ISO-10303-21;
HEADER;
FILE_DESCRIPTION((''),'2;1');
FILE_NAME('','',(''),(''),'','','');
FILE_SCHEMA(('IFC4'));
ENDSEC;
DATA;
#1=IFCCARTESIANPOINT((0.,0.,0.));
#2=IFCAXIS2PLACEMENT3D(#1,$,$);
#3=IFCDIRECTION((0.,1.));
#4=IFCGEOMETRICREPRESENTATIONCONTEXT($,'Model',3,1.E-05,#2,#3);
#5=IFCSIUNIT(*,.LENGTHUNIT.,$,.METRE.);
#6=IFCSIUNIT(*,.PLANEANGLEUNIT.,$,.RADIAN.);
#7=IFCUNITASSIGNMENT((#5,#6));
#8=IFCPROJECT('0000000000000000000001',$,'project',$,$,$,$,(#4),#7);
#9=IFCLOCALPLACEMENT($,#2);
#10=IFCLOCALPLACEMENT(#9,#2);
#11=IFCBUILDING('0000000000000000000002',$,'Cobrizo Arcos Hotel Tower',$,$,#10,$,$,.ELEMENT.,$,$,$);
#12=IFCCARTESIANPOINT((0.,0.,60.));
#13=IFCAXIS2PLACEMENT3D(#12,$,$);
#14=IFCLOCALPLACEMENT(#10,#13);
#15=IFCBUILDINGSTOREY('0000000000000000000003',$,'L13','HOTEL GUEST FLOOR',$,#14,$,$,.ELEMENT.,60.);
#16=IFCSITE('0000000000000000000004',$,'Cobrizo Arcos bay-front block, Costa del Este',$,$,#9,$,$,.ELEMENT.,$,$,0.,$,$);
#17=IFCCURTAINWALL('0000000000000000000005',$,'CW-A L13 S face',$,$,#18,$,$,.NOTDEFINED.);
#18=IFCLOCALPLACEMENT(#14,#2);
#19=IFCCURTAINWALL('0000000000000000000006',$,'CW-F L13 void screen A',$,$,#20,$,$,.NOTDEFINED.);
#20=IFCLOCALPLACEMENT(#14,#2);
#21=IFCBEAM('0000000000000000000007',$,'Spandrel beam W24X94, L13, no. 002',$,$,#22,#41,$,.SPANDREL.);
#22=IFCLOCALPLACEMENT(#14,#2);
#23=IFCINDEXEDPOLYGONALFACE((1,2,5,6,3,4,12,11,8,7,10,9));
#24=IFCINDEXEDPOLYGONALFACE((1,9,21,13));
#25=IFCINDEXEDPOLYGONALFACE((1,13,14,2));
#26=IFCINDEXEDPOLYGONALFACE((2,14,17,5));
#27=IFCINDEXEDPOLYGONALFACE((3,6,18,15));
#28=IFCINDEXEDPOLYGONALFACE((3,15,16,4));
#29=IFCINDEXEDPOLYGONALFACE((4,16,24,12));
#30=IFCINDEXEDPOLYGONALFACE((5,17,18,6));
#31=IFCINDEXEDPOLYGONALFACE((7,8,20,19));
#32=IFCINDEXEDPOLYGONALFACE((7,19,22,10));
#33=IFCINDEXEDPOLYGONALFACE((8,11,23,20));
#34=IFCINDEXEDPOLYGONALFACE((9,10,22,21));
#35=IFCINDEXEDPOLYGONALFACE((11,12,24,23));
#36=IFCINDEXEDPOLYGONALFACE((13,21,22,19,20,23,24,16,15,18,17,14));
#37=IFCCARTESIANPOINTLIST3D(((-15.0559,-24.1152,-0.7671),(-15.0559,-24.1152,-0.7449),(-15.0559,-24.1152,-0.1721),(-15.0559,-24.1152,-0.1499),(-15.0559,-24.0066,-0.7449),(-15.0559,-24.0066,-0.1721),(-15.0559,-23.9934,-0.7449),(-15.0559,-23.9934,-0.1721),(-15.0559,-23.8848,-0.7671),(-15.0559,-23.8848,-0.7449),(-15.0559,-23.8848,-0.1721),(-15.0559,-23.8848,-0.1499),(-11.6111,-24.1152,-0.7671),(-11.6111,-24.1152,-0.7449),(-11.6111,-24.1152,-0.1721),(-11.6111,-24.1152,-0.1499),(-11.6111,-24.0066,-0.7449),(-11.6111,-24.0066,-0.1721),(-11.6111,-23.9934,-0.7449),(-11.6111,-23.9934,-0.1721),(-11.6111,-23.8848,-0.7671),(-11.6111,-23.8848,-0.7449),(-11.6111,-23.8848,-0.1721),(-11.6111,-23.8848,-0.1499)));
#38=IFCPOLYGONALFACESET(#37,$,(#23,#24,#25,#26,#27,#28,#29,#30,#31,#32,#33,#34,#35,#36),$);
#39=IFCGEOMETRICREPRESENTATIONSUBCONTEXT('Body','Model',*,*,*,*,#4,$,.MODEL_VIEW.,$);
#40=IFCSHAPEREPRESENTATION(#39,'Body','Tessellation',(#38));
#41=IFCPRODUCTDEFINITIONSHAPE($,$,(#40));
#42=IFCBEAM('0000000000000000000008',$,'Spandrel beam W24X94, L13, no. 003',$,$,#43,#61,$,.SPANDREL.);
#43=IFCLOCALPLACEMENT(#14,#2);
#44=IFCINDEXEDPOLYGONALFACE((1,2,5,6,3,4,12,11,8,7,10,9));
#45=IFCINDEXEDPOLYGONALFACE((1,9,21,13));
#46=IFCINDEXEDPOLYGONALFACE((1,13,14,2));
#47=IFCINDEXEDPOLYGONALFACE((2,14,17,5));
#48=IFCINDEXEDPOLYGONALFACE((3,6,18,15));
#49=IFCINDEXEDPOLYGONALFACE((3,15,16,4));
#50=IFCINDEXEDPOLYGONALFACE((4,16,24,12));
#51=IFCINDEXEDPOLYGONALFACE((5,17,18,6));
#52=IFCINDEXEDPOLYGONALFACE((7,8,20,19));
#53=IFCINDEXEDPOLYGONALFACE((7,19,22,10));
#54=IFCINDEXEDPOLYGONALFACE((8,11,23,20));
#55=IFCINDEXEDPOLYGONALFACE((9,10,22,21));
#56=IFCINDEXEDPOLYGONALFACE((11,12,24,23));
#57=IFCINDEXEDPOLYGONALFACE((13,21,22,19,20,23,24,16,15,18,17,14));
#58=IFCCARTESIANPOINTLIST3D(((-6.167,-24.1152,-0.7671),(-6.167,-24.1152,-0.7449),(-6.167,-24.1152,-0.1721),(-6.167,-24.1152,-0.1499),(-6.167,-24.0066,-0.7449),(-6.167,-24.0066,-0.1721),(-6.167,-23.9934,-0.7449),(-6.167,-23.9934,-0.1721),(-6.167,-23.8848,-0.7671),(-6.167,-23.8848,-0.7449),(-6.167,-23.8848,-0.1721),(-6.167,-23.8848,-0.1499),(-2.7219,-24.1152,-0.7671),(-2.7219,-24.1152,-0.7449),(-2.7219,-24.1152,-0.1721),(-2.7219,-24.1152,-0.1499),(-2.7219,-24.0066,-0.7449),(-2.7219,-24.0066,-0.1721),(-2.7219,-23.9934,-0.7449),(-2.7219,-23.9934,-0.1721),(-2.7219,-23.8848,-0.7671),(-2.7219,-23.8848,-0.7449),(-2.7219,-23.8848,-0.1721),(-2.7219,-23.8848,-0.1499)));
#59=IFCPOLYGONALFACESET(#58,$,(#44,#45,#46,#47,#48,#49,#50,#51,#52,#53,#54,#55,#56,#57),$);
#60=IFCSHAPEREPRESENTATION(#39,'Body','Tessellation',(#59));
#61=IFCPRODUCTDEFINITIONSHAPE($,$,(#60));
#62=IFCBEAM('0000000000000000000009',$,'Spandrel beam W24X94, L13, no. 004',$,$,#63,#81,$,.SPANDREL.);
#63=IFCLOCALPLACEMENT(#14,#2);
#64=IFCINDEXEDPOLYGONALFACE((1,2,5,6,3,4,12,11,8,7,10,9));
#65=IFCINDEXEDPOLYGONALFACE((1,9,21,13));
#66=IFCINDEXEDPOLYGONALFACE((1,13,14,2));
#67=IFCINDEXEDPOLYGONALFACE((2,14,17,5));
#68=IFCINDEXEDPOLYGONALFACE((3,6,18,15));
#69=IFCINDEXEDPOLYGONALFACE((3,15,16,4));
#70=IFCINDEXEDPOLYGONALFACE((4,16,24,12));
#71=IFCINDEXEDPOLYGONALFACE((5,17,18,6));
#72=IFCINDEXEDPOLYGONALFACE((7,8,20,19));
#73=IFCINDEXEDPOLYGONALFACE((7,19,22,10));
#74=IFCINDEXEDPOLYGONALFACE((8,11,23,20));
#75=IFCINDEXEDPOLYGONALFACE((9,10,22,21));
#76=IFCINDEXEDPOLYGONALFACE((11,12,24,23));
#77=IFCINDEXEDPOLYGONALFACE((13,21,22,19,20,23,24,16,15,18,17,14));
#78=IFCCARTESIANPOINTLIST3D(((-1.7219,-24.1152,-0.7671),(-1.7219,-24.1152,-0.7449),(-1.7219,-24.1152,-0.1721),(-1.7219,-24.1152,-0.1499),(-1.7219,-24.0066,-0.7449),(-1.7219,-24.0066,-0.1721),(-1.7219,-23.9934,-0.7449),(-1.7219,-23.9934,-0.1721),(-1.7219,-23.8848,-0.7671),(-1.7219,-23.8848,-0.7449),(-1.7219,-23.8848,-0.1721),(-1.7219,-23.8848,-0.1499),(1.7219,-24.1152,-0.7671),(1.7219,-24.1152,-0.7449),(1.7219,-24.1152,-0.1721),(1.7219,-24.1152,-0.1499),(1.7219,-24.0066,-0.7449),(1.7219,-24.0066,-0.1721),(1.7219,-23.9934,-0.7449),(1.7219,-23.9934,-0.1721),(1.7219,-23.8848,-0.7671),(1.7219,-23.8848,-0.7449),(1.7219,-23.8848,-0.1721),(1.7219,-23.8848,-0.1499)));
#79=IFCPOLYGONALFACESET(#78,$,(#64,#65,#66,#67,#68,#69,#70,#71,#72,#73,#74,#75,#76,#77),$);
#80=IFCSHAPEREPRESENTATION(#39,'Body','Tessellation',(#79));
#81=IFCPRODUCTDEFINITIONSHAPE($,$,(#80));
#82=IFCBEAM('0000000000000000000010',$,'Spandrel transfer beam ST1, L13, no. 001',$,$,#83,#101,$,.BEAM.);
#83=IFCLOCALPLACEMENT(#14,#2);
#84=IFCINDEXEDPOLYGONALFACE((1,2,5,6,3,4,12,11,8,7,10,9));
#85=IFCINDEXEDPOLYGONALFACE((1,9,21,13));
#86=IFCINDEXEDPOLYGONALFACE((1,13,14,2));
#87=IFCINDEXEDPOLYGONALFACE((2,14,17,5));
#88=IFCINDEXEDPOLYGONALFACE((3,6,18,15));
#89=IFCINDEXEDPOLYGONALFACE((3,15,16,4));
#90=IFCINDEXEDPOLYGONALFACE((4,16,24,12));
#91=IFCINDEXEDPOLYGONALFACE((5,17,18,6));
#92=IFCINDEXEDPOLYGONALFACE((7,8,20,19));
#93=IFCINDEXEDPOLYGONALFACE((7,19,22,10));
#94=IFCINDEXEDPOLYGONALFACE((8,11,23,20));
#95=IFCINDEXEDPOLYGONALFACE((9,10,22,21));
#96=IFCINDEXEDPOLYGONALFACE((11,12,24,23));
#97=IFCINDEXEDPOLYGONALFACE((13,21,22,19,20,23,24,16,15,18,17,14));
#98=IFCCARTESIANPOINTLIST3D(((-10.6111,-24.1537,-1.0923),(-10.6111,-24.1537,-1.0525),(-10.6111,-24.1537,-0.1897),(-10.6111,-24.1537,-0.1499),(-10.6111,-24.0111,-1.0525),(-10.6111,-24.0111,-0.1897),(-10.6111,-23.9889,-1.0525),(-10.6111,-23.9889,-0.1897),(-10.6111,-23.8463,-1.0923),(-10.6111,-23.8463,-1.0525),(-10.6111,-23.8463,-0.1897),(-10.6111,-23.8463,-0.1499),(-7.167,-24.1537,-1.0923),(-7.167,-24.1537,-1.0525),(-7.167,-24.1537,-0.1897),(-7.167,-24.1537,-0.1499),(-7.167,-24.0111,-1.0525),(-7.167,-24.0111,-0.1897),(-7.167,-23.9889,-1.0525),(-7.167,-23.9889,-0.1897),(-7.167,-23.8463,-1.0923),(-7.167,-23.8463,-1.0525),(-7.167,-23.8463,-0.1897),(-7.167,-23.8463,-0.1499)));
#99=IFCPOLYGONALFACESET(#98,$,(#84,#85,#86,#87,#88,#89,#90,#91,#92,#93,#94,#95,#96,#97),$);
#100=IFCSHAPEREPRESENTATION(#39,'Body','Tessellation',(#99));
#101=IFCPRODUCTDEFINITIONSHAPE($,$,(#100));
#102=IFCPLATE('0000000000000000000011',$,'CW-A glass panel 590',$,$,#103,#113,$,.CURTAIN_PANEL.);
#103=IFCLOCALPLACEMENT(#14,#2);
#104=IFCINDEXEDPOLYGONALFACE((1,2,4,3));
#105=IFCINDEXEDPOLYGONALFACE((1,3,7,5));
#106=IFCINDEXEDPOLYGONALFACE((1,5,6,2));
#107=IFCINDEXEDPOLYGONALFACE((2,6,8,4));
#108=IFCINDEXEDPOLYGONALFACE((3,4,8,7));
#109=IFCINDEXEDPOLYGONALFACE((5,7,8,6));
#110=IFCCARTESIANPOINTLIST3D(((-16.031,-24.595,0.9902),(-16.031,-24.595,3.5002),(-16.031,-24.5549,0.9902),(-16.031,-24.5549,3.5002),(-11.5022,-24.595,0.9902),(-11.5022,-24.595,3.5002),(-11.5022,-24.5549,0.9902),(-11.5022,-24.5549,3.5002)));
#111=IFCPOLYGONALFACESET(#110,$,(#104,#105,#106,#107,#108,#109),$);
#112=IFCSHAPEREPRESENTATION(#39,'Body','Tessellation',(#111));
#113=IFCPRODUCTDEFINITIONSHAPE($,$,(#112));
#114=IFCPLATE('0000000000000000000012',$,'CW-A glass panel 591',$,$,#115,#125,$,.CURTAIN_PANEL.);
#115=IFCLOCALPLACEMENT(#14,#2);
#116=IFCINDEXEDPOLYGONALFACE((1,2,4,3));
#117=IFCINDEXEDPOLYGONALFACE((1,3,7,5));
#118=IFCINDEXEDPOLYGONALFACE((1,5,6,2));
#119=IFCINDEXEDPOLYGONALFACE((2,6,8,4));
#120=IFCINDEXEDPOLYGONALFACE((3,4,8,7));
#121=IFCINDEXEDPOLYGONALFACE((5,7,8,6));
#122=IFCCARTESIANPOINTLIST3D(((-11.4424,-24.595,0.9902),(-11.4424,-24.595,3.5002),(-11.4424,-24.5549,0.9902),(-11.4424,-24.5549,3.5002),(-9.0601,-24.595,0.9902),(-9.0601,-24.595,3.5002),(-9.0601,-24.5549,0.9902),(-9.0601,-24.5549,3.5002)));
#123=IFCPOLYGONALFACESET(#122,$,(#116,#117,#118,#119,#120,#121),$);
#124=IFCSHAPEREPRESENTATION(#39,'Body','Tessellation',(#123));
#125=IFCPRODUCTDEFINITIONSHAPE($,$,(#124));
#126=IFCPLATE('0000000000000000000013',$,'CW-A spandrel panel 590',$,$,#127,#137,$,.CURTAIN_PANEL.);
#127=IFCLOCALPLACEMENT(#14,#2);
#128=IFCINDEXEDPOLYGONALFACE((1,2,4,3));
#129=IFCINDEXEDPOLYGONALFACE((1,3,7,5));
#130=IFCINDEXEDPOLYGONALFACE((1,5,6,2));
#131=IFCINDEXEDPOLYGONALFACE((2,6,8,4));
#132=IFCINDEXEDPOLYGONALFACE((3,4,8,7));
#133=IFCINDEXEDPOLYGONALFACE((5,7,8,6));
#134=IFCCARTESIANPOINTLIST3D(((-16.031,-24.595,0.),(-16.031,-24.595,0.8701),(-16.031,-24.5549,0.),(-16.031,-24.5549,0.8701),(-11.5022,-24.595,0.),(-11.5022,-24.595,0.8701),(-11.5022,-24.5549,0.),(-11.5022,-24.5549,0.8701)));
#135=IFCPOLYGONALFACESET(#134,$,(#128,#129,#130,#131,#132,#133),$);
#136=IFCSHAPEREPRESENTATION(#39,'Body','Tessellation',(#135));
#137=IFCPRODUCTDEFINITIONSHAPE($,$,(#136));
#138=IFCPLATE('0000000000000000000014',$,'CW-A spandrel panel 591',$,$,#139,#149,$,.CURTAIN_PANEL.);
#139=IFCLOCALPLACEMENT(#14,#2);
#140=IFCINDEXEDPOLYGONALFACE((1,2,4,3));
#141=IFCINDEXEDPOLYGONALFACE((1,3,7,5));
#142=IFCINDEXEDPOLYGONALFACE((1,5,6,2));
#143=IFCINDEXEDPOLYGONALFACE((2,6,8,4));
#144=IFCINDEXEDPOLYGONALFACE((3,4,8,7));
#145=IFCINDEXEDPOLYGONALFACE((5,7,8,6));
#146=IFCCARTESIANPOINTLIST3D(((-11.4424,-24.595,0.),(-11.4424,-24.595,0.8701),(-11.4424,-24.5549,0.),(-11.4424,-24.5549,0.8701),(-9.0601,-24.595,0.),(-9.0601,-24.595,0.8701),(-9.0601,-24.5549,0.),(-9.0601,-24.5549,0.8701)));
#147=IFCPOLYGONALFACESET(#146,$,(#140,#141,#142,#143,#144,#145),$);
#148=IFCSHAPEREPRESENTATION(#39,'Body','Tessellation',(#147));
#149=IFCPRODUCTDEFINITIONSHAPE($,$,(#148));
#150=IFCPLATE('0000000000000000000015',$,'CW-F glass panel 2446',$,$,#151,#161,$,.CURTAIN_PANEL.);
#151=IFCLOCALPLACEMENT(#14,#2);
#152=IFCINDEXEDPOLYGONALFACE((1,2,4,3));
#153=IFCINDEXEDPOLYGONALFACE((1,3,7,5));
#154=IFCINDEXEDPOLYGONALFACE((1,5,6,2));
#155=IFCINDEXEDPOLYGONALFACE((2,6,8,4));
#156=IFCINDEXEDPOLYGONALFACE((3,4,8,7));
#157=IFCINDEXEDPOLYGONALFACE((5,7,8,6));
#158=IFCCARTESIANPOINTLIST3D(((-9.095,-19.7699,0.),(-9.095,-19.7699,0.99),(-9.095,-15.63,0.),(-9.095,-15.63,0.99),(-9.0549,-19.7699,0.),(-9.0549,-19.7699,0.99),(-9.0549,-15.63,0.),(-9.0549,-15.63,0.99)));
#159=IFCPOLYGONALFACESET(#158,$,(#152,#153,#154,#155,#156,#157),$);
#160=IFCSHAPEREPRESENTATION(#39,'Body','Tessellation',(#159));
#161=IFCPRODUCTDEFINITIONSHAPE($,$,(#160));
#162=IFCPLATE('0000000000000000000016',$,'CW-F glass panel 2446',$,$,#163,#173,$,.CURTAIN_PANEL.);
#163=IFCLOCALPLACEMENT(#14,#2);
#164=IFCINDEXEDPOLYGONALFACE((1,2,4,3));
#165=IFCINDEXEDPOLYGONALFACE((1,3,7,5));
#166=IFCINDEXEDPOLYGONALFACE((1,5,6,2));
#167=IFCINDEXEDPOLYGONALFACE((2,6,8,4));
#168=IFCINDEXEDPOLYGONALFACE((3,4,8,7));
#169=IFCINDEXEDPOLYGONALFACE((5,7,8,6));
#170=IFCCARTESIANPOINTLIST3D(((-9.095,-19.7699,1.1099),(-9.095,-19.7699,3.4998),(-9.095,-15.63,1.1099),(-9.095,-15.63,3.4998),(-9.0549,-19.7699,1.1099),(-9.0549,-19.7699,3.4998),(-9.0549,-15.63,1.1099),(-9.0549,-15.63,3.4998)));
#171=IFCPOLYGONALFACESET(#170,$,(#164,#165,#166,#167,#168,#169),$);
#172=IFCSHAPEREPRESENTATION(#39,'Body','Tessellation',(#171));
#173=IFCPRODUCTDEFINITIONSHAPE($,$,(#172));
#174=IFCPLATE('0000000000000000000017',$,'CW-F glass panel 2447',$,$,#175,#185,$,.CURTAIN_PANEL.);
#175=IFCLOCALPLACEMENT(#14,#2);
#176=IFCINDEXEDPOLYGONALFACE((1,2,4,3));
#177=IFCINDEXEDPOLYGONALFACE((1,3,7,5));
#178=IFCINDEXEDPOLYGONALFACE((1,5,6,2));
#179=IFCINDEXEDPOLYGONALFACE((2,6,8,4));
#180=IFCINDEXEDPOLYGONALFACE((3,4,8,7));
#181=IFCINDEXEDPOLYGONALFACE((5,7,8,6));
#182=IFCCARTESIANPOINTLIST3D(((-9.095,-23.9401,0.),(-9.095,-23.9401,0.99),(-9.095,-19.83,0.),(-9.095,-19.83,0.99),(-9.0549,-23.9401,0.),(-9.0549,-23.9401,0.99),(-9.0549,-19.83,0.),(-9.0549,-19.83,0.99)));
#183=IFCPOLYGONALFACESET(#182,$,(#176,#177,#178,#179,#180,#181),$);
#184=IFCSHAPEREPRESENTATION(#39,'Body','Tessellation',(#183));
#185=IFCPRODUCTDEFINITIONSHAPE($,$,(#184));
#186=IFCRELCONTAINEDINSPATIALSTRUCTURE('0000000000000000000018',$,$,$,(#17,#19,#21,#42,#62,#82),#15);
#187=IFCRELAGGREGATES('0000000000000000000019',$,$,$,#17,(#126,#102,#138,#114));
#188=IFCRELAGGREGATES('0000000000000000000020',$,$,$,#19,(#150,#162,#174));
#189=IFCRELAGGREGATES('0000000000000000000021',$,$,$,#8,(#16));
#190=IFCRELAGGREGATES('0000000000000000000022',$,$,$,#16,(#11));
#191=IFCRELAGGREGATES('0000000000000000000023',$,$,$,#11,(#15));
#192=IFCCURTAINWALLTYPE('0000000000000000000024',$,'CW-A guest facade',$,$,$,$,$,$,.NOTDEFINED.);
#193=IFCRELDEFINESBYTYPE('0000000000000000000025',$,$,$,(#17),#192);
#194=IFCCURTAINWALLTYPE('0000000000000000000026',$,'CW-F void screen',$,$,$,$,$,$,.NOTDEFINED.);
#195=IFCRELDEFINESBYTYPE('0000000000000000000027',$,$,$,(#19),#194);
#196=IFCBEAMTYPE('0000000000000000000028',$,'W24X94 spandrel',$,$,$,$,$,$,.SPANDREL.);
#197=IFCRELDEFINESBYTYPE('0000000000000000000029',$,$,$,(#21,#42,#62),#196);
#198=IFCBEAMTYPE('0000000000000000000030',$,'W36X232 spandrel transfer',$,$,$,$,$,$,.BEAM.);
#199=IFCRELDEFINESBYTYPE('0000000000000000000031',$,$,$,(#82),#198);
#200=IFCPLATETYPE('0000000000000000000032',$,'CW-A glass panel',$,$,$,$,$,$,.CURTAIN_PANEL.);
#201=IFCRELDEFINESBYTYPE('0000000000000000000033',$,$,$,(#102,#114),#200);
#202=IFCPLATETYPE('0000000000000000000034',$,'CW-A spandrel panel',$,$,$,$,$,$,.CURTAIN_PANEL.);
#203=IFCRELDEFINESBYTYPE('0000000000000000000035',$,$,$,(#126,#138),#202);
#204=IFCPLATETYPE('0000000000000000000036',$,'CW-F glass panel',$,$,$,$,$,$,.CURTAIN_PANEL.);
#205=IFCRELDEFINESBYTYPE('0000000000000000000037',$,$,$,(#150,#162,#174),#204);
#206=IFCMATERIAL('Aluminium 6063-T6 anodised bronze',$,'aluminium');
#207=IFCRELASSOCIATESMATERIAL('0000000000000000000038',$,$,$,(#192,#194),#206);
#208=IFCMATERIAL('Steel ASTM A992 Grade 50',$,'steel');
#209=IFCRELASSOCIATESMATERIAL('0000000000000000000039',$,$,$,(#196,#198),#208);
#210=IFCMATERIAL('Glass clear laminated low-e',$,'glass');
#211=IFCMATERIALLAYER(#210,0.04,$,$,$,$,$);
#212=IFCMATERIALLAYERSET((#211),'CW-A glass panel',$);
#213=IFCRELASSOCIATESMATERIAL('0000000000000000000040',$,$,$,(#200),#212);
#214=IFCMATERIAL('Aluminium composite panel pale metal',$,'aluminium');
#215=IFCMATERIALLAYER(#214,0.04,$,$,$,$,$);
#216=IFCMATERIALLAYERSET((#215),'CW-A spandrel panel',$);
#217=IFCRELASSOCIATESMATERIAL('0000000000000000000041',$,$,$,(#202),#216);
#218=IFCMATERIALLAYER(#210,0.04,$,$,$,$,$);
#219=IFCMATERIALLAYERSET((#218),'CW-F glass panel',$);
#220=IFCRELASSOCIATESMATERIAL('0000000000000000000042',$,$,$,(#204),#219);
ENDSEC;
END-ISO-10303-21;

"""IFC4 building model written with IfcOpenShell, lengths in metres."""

from ifc_helpers import new_model, si_unit, direction, frame, origin, origin_2d, place, context, subcontext, project, spatial, rectangle, i_section, extrude, material, layer, layer_set, material_profile, profile_set, type_object, element, aggregate, save


model = new_model("IFC4")

# Units and contexts
model_context = context("Model", 3, precision=1e-05, world=origin(), true_north=direction((0.0, 1.0)))
body_context = subcontext(model_context, "Body", "Model", "MODEL_VIEW")
ifc_project = project(units=[si_unit("LENGTHUNIT", "METRE"), si_unit("PLANEANGLEUNIT", "RADIAN")], contexts=[model_context])

# Site, building, storey
site_placement = place(None, origin())
site = spatial("IfcSite", under=ifc_project, at=site_placement, Name="Cobrizo Arcos bay-front block, Costa del Este", CompositionType="ELEMENT", RefElevation=0.0)
building_placement = place(site_placement, origin())
building = spatial("IfcBuilding", under=site, at=building_placement, Name="Cobrizo Arcos Hotel Tower", CompositionType="ELEMENT")
storey_placement = place(building_placement, frame((0.0, 0.0, 60.0)))
storey = spatial("IfcBuildingStorey", under=building, at=storey_placement, Name="L13", Description="HOTEL GUEST FLOOR", CompositionType="ELEMENT", Elevation=60.0)

# Curtain walls
ifc_material_1 = material(Name="Aluminium 6063-T6 anodised bronze", Category="aluminium")
curtain_wall_type_1 = type_object("IfcCurtainWallType", Name="CW-A guest facade", PredefinedType="NOTDEFINED", material=ifc_material_1)
curtain_wall_1_placement = place(storey_placement, origin())
curtain_wall_1 = element("IfcCurtainWall", 1, at=curtain_wall_1_placement, inside=storey, type_object=curtain_wall_type_1, Name="CW-A L13 S face", PredefinedType="NOTDEFINED")
curtain_wall_type_2 = type_object("IfcCurtainWallType", Name="CW-F void screen", PredefinedType="NOTDEFINED", material=ifc_material_1)
curtain_wall_2_placement = place(storey_placement, origin())
curtain_wall_2 = element("IfcCurtainWall", 2, at=curtain_wall_2_placement, inside=storey, type_object=curtain_wall_type_2, Name="CW-F L13 void screen A", PredefinedType="NOTDEFINED")

# Beams
ifc_material_2 = material(Name="Steel ASTM A992 Grade 50", Category="steel")
ifc_material_profile_1 = material_profile(ifc_material_2, i_section(OverallWidth=0.2305, OverallDepth=0.6172, WebThickness=0.0132, FlangeThickness=0.0222, at=origin_2d()), Name="W24X94")
ifc_profile_set_1 = profile_set([ifc_material_profile_1], Name="Steel ASTM A992 Grade 50")
beam_type_1 = type_object("IfcBeamType", Name="W24X94 spandrel", PredefinedType="SPANDREL", material=ifc_profile_set_1)
beam_1_placement = place(storey_placement, frame((-15.0559, -24.0, -0.4585), z_axis=(1.0, 0.0, 0.0), x_axis=(0.0, 1.0, 0.0)))
element("IfcBeam", 3, at=beam_1_placement, inside=storey, type_object=beam_type_1, Name="Spandrel beam W24X94, L13, no. 002", PredefinedType="SPANDREL", context=body_context, shape_type="SweptSolid", body=[
    extrude(i_section(OverallWidth=0.2305, OverallDepth=0.6172, WebThickness=0.0132, FlangeThickness=0.0222, at=origin_2d()), origin(), (0.0, 0.0, 1.0), 3.4448),
])
beam_2_placement = place(storey_placement, frame((-6.167, -24.0, -0.4585), z_axis=(1.0, 0.0, 0.0), x_axis=(0.0, 1.0, 0.0)))
element("IfcBeam", 4, at=beam_2_placement, inside=storey, type_object=beam_type_1, Name="Spandrel beam W24X94, L13, no. 003", PredefinedType="SPANDREL", context=body_context, shape_type="SweptSolid", body=[
    extrude(i_section(OverallWidth=0.2305, OverallDepth=0.6172, WebThickness=0.0132, FlangeThickness=0.0222, at=origin_2d()), origin(), (0.0, 0.0, 1.0), 3.4451),
])
beam_3_placement = place(storey_placement, frame((-1.7219, -24.0, -0.4585), z_axis=(1.0, 0.0, 0.0), x_axis=(0.0, 1.0, 0.0)))
element("IfcBeam", 5, at=beam_3_placement, inside=storey, type_object=beam_type_1, Name="Spandrel beam W24X94, L13, no. 004", PredefinedType="SPANDREL", context=body_context, shape_type="SweptSolid", body=[
    extrude(i_section(OverallWidth=0.2305, OverallDepth=0.6172, WebThickness=0.0132, FlangeThickness=0.0222, at=origin_2d()), origin(), (0.0, 0.0, 1.0), 3.4438),
])
ifc_material_profile_2 = material_profile(ifc_material_2, i_section(OverallWidth=0.3074, OverallDepth=0.9424, WebThickness=0.0222, FlangeThickness=0.0398, at=origin_2d()), Name="W36X232")
ifc_profile_set_2 = profile_set([ifc_material_profile_2], Name="Steel ASTM A992 Grade 50")
beam_type_2 = type_object("IfcBeamType", Name="W36X232 spandrel transfer", PredefinedType="BEAM", material=ifc_profile_set_2)
beam_4_placement = place(storey_placement, frame((-10.6111, -24.0, -0.6211), z_axis=(1.0, 0.0, 0.0), x_axis=(0.0, 1.0, 0.0)))
element("IfcBeam", 6, at=beam_4_placement, inside=storey, type_object=beam_type_2, Name="Spandrel transfer beam ST1, L13, no. 001", PredefinedType="BEAM", context=body_context, shape_type="SweptSolid", body=[
    extrude(i_section(OverallWidth=0.3074, OverallDepth=0.9424, WebThickness=0.0222, FlangeThickness=0.0398, at=origin_2d()), origin(), (0.0, 0.0, 1.0), 3.4441),
])

# Plates
ifc_material_3 = material(Name="Glass clear laminated low-e", Category="glass")
ifc_layer_1 = layer(ifc_material_3, 0.04)
ifc_layer_set_1 = layer_set([ifc_layer_1], Name="CW-A glass panel")
plate_type_1 = type_object("IfcPlateType", Name="CW-A glass panel", PredefinedType="CURTAIN_PANEL", material=ifc_layer_set_1)
plate_1_placement = place(storey_placement, frame((-13.7666, -24.575, 0.9902), z_axis=(0.0, 0.0, 1.0), x_axis=(1.0, 0.0, 0.0)))
plate_1 = element("IfcPlate", 7, at=plate_1_placement, type_object=plate_type_1, Name="CW-A glass panel 590", PredefinedType="CURTAIN_PANEL", context=body_context, shape_type="SweptSolid", body=[
    extrude(rectangle(XDim=4.5288, YDim=0.04, at=origin_2d()), origin(), (0.0, 0.0, 1.0), 2.51),
])
plate_2_placement = place(storey_placement, frame((-10.2512, -24.575, 0.9902), z_axis=(0.0, 0.0, 1.0), x_axis=(1.0, 0.0, 0.0)))
plate_2 = element("IfcPlate", 8, at=plate_2_placement, type_object=plate_type_1, Name="CW-A glass panel 591", PredefinedType="CURTAIN_PANEL", context=body_context, shape_type="SweptSolid", body=[
    extrude(rectangle(XDim=2.3823, YDim=0.04, at=origin_2d()), origin(), (0.0, 0.0, 1.0), 2.51),
])
ifc_material_4 = material(Name="Aluminium composite panel pale metal", Category="aluminium")
ifc_layer_2 = layer(ifc_material_4, 0.04)
ifc_layer_set_2 = layer_set([ifc_layer_2], Name="CW-A spandrel panel")
plate_type_2 = type_object("IfcPlateType", Name="CW-A spandrel panel", PredefinedType="CURTAIN_PANEL", material=ifc_layer_set_2)
plate_3_placement = place(storey_placement, frame((-13.7666, -24.575, 0.0), z_axis=(0.0, 0.0, 1.0), x_axis=(1.0, 0.0, 0.0)))
plate_3 = element("IfcPlate", 9, at=plate_3_placement, type_object=plate_type_2, Name="CW-A spandrel panel 590", PredefinedType="CURTAIN_PANEL", context=body_context, shape_type="SweptSolid", body=[
    extrude(rectangle(XDim=4.5288, YDim=0.04, at=origin_2d()), origin(), (0.0, 0.0, 1.0), 0.8701),
])
plate_4_placement = place(storey_placement, frame((-10.2512, -24.575, 0.0), z_axis=(0.0, 0.0, 1.0), x_axis=(1.0, 0.0, 0.0)))
plate_4 = element("IfcPlate", 10, at=plate_4_placement, type_object=plate_type_2, Name="CW-A spandrel panel 591", PredefinedType="CURTAIN_PANEL", context=body_context, shape_type="SweptSolid", body=[
    extrude(rectangle(XDim=2.3823, YDim=0.04, at=origin_2d()), origin(), (0.0, 0.0, 1.0), 0.8701),
])
aggregate(curtain_wall_1, [plate_3, plate_1, plate_4, plate_2])
ifc_layer_3 = layer(ifc_material_3, 0.04)
ifc_layer_set_3 = layer_set([ifc_layer_3], Name="CW-F glass panel")
plate_type_3 = type_object("IfcPlateType", Name="CW-F glass panel", PredefinedType="CURTAIN_PANEL", material=ifc_layer_set_3)
plate_5_placement = place(storey_placement, frame((-9.075, -17.7, 0.0), z_axis=(0.0, 0.0, 1.0), x_axis=(0.0, -1.0, 0.0)))
plate_5 = element("IfcPlate", 11, at=plate_5_placement, type_object=plate_type_3, Name="CW-F glass panel 2446", PredefinedType="CURTAIN_PANEL", context=body_context, shape_type="SweptSolid", body=[
    extrude(rectangle(XDim=4.1399, YDim=0.04, at=origin_2d()), origin(), (0.0, 0.0, 1.0), 0.99),
])
plate_6_placement = place(storey_placement, frame((-9.075, -17.7, 1.1099), z_axis=(0.0, 0.0, 1.0), x_axis=(0.0, -1.0, 0.0)))
plate_6 = element("IfcPlate", 12, at=plate_6_placement, type_object=plate_type_3, Name="CW-F glass panel 2446", PredefinedType="CURTAIN_PANEL", context=body_context, shape_type="SweptSolid", body=[
    extrude(rectangle(XDim=4.1399, YDim=0.04, at=origin_2d()), origin(), (0.0, 0.0, 1.0), 2.3899),
])
plate_7_placement = place(storey_placement, frame((-9.075, -21.885, 0.0), z_axis=(0.0, 0.0, 1.0), x_axis=(0.0, -1.0, 0.0)))
plate_7 = element("IfcPlate", 13, at=plate_7_placement, type_object=plate_type_3, Name="CW-F glass panel 2447", PredefinedType="CURTAIN_PANEL", context=body_context, shape_type="SweptSolid", body=[
    extrude(rectangle(XDim=4.1101, YDim=0.04, at=origin_2d()), origin(), (0.0, 0.0, 1.0), 0.99),
])
aggregate(curtain_wall_2, [plate_5, plate_6, plate_7])

save(model, "model.ifc")
